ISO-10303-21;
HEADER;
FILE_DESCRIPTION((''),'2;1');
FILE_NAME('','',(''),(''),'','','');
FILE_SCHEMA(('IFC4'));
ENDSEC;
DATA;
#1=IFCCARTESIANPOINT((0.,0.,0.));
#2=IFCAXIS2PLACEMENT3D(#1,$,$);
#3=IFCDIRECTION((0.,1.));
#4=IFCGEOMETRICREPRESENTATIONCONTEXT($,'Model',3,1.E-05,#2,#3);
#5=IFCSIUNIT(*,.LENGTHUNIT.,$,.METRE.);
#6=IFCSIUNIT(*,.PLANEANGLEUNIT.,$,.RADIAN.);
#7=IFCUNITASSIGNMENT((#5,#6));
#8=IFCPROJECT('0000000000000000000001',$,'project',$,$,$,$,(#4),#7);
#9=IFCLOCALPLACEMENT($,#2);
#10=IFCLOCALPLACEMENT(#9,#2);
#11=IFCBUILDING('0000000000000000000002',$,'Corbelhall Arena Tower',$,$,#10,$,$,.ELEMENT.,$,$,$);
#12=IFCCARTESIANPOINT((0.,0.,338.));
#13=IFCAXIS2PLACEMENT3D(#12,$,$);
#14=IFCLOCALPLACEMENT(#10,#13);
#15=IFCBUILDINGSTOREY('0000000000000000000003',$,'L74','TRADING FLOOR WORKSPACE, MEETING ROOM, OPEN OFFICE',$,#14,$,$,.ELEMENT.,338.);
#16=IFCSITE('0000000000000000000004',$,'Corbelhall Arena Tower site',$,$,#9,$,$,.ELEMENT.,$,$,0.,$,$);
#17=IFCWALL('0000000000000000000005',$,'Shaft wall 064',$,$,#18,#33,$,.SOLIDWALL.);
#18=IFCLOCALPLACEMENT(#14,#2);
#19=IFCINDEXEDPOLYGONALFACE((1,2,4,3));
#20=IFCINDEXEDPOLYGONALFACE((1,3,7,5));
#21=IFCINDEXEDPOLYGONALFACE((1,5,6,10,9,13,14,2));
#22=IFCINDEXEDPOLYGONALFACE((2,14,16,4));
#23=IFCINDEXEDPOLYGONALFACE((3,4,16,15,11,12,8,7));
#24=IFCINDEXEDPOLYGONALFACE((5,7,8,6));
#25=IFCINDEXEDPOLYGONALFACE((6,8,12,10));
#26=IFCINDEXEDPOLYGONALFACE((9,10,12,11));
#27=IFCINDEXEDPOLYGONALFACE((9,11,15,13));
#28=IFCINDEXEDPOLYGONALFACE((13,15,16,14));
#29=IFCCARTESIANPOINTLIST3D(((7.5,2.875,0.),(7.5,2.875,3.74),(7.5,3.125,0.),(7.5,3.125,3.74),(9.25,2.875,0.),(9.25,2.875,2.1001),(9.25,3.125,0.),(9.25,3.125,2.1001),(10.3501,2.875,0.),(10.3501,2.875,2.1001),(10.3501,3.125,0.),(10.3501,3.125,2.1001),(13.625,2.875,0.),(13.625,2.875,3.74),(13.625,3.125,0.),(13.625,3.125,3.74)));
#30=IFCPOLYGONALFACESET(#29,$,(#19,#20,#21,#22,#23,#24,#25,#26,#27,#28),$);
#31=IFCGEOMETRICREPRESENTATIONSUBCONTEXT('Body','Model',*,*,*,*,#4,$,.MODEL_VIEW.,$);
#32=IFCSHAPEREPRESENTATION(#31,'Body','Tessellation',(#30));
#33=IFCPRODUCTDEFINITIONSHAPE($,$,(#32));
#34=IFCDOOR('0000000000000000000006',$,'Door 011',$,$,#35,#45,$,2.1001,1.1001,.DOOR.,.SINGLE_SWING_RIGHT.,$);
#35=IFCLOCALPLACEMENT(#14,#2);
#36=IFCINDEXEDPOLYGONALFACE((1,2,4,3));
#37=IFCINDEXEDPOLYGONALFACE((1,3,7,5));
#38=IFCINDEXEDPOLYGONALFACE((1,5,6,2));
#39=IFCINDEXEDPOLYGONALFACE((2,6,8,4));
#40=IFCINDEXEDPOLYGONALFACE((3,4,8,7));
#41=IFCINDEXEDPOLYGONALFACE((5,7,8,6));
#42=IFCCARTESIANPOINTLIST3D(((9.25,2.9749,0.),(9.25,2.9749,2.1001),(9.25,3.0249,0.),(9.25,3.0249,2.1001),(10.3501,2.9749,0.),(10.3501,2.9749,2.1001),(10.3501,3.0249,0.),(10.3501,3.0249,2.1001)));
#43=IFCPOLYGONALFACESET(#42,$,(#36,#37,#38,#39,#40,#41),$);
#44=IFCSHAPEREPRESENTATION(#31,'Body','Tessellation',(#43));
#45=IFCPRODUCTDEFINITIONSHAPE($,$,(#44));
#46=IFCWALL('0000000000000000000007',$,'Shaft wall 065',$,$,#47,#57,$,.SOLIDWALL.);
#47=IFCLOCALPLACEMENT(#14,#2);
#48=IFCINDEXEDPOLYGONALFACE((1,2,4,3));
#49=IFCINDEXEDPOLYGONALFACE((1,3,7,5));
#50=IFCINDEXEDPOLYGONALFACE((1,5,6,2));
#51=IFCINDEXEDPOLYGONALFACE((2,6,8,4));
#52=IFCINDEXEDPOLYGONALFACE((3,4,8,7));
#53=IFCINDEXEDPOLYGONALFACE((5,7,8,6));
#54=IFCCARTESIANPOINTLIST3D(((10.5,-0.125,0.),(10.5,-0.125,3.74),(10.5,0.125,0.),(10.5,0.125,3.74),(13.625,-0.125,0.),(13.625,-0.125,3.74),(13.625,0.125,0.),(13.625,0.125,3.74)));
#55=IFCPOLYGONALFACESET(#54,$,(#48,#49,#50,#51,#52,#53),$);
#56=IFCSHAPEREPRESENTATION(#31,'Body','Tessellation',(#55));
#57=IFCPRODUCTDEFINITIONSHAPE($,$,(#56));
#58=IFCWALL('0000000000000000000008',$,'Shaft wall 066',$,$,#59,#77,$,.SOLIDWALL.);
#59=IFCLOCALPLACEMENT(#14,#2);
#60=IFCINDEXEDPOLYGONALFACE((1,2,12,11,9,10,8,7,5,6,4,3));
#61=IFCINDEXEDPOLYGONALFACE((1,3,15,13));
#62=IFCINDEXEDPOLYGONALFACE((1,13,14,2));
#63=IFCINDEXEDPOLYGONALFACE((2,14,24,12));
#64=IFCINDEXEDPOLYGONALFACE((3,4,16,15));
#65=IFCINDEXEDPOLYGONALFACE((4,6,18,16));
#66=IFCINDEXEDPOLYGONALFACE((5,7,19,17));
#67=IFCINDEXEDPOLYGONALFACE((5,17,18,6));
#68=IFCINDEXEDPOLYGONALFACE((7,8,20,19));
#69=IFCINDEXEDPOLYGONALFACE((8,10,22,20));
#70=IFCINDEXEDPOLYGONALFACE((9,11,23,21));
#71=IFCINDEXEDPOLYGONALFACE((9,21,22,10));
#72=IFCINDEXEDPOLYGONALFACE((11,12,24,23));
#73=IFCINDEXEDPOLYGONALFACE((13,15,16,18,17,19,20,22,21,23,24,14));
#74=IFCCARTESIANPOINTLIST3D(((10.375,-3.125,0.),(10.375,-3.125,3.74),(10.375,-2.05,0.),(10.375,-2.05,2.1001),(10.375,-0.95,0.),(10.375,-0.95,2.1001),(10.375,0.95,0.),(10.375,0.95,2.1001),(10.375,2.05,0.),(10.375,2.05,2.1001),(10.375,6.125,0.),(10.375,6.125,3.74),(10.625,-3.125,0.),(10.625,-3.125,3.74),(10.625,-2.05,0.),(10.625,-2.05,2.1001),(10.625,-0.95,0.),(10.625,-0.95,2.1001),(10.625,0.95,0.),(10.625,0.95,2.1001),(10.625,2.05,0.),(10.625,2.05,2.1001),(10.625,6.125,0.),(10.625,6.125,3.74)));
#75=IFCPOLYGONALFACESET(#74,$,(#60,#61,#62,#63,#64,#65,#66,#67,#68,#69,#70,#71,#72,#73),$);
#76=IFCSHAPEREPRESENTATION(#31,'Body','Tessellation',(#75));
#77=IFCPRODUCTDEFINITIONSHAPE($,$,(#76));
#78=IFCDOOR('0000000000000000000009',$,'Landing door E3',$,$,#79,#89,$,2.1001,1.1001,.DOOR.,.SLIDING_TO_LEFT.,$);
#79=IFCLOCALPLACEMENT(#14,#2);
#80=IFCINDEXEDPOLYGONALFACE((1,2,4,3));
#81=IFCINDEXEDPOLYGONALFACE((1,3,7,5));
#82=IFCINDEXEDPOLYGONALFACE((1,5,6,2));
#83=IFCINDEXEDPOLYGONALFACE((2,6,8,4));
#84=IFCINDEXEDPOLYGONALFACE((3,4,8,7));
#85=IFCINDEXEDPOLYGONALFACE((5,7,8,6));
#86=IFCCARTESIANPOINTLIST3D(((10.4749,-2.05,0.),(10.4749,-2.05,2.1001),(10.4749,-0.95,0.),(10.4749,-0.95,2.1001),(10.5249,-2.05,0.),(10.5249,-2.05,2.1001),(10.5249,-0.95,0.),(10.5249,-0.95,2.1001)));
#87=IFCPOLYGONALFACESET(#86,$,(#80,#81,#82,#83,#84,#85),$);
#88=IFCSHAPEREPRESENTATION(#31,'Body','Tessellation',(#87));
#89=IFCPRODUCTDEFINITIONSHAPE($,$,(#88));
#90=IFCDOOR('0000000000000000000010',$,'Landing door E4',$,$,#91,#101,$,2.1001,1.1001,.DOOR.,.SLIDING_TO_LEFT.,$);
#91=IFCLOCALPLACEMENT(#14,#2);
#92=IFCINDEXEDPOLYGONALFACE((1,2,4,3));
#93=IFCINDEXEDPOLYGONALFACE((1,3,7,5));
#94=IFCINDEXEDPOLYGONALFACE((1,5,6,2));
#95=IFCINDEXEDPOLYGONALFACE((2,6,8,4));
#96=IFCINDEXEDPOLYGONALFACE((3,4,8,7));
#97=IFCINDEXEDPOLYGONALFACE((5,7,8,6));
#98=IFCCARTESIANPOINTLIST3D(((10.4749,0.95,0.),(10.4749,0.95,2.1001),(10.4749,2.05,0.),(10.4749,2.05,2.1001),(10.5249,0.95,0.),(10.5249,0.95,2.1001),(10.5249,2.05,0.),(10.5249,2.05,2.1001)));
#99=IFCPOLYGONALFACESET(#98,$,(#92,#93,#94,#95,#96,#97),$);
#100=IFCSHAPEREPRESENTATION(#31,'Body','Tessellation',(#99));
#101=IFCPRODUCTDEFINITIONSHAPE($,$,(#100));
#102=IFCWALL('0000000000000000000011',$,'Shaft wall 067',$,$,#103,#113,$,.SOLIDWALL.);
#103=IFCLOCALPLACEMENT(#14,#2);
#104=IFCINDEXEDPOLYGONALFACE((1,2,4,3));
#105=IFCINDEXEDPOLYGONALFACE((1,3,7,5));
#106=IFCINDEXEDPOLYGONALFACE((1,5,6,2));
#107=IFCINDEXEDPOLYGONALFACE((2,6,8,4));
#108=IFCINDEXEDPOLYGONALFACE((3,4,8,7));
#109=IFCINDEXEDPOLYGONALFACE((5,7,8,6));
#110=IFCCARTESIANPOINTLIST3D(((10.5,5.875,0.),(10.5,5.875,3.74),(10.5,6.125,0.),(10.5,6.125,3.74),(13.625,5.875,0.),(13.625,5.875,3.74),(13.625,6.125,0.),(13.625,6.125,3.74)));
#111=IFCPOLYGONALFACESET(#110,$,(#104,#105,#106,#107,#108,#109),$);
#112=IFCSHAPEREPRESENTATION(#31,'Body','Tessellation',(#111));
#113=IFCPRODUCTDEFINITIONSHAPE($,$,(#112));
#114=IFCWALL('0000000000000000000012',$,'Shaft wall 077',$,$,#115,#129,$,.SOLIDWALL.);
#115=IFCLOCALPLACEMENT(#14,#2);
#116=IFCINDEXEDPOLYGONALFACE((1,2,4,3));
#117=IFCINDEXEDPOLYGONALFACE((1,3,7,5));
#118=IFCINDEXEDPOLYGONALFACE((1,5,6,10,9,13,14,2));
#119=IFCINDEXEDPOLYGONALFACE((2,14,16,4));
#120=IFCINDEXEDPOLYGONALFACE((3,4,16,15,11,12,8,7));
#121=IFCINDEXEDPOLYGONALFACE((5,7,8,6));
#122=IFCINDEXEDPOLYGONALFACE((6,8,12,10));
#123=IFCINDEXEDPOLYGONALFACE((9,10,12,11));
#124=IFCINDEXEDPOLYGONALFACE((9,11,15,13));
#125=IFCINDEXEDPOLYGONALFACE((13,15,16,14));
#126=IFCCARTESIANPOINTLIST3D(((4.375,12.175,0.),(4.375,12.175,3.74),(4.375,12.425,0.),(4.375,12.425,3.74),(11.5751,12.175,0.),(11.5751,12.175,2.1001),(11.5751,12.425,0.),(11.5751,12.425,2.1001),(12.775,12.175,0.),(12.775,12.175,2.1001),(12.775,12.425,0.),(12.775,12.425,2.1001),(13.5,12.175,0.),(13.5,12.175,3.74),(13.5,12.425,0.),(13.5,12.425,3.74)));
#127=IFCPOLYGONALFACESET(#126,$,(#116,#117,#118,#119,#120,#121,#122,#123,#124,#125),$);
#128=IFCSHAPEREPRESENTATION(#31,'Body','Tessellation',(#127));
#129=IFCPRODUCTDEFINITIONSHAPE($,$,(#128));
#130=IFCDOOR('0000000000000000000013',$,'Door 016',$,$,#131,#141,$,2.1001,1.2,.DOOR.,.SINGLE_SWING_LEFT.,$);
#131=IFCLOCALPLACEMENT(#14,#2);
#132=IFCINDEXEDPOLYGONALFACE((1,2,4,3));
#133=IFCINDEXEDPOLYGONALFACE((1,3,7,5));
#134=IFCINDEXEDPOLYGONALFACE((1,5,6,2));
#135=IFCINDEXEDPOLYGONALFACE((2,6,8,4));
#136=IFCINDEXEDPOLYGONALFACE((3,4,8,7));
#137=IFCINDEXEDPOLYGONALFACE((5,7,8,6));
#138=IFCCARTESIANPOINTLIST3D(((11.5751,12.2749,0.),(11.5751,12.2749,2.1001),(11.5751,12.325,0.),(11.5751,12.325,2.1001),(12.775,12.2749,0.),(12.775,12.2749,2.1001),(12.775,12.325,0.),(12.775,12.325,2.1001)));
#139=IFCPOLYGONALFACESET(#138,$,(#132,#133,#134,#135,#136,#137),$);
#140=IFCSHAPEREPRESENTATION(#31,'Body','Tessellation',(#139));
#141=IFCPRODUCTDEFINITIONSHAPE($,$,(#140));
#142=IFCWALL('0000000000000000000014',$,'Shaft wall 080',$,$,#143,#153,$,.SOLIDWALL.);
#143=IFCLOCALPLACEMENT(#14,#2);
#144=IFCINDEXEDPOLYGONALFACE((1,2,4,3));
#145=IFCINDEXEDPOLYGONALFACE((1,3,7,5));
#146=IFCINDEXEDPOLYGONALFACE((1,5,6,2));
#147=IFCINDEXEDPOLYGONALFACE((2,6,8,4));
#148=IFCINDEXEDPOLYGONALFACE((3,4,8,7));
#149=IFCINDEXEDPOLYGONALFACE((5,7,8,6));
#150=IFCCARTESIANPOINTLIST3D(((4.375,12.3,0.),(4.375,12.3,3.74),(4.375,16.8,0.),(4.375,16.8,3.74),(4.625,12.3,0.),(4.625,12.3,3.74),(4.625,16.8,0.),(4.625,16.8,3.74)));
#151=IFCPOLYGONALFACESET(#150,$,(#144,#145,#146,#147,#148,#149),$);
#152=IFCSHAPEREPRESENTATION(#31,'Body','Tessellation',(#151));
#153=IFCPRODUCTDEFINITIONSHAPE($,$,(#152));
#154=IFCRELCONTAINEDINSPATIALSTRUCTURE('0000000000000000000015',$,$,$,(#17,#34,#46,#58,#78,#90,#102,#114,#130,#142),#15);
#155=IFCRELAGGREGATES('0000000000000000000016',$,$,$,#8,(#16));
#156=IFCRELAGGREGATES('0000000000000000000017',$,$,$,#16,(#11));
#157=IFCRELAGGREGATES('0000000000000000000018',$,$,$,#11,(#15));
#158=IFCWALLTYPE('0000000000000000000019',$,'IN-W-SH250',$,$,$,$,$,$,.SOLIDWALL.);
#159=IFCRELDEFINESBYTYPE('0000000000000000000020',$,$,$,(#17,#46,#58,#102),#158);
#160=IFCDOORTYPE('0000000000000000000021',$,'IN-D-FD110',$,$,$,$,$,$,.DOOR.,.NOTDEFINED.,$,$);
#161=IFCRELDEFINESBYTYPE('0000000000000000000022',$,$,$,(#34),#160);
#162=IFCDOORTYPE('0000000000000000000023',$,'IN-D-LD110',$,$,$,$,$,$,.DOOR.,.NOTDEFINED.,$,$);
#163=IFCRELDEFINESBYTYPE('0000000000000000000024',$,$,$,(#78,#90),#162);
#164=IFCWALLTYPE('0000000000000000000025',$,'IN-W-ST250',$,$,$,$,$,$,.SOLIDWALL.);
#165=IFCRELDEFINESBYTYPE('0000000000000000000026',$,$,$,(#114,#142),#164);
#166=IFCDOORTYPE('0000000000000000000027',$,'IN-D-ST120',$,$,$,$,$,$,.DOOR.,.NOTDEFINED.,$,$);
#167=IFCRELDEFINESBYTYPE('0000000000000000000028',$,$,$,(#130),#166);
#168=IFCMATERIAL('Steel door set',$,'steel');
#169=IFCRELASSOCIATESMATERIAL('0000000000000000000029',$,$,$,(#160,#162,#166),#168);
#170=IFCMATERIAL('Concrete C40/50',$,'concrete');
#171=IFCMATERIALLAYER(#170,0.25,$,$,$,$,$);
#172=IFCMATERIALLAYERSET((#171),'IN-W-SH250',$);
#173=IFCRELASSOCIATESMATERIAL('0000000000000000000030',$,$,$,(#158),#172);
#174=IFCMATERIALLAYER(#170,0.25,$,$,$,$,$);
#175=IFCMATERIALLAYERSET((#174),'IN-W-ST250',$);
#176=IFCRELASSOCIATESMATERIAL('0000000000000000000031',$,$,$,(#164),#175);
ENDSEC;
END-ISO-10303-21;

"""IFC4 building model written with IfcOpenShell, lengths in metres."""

from ifc_helpers import new_model, si_unit, direction, frame, frame_2d, origin, place, context, subcontext, project, spatial, rectangle, extrude, material, layer, layer_set, type_object, element, fill, save


model = new_model("IFC4")

# Units and contexts
model_context = context("Model", 3, precision=1e-05, world=origin(), true_north=direction((0.0, 1.0)))
body_context = subcontext(model_context, "Body", "Model", "MODEL_VIEW")
ifc_project = project(units=[si_unit("LENGTHUNIT", "METRE"), si_unit("PLANEANGLEUNIT", "RADIAN")], contexts=[model_context])

# Site, building, storey
site_placement = place(None, origin())
site = spatial("IfcSite", under=ifc_project, at=site_placement, Name="Corbelhall Arena Tower site", CompositionType="ELEMENT", RefElevation=0.0)
building_placement = place(site_placement, origin())
building = spatial("IfcBuilding", under=site, at=building_placement, Name="Corbelhall Arena Tower", CompositionType="ELEMENT")
storey_placement = place(building_placement, frame((0.0, 0.0, 338.0)))
storey = spatial("IfcBuildingStorey", under=building, at=storey_placement, Name="L74", Description="TRADING FLOOR WORKSPACE, MEETING ROOM, OPEN OFFICE", CompositionType="ELEMENT", Elevation=338.0)

# Shared definitions
ifc_material_1 = material(Name="Concrete C40/50", Category="concrete")

# Shared definitions
ifc_material_2 = material(Name="Steel door set", Category="steel")
door_type_1 = type_object("IfcDoorType", Name="IN-D-FD110", OperationType="NOTDEFINED", PredefinedType="DOOR", material=ifc_material_2)

# Shared definitions
ifc_layer_1 = layer(ifc_material_1, 0.25)
ifc_layer_set_1 = layer_set([ifc_layer_1], Name="IN-W-SH250")
wall_type_1 = type_object("IfcWallType", Name="IN-W-SH250", PredefinedType="SOLIDWALL", material=ifc_layer_set_1)

# Wall, opening, door
wall_1_placement = place(storey_placement, frame((7.5, 3.0, 0.0), z_axis=(0.0, 0.0, 1.0), x_axis=(1.0, 0.0, 0.0)))
wall_1 = element("IfcWall", 1, at=wall_1_placement, inside=storey, type_object=wall_type_1, Name="Shaft wall 064", PredefinedType="SOLIDWALL", context=body_context, shape_type="SweptSolid", body=[
    extrude(rectangle(XDim=6.125, YDim=0.25, at=frame_2d((3.0625, 0.0))), origin(), (0.0, 0.0, 1.0), 3.74),
])
opening_1_placement = place(wall_1_placement, frame((1.75, 0.0, 0.0)))
opening_1 = element("IfcOpeningElement", 2, at=opening_1_placement, cuts=wall_1, PredefinedType="OPENING", context=body_context, shape_type="SweptSolid", body=[
    extrude(rectangle(XDim=1.1001, YDim=2.1001, at=frame_2d((0.55, 1.05))), frame((0.0, 0.125, 0.0), z_axis=(0.0, -1.0, 0.0), x_axis=(1.0, 0.0, 0.0)), (0.0, 0.0, 1.0), 0.25),
])
door_1_placement = place(opening_1_placement, origin())
door_1 = element("IfcDoor", 3, at=door_1_placement, inside=storey, type_object=door_type_1, Name="Door 011", OperationType="SINGLE_SWING_RIGHT", OverallHeight=2.1001, OverallWidth=1.1001, PredefinedType="DOOR", context=body_context, shape_type="SweptSolid", body=[
    extrude(rectangle(XDim=1.1001, YDim=2.1001, at=frame_2d((0.55, 1.05))), frame((0.0, 0.0249, 0.0), z_axis=(0.0, -1.0, 0.0), x_axis=(1.0, 0.0, 0.0)), (0.0, 0.0, 1.0), 0.05),
])
fill(opening_1, door_1)

# Wall
wall_2_placement = place(storey_placement, frame((10.5, 0.0, 0.0), z_axis=(0.0, 0.0, 1.0), x_axis=(1.0, 0.0, 0.0)))
element("IfcWall", 4, at=wall_2_placement, inside=storey, type_object=wall_type_1, Name="Shaft wall 065", PredefinedType="SOLIDWALL", context=body_context, shape_type="SweptSolid", body=[
    extrude(rectangle(XDim=3.125, YDim=0.25, at=frame_2d((1.5625, 0.0))), origin(), (0.0, 0.0, 1.0), 3.74),
])

# Wall, openings, doors
wall_3_placement = place(storey_placement, frame((10.5, 6.125, 0.0), z_axis=(0.0, 0.0, 1.0), x_axis=(0.0, -1.0, 0.0)))
wall_3 = element("IfcWall", 5, at=wall_3_placement, inside=storey, type_object=wall_type_1, Name="Shaft wall 066", PredefinedType="SOLIDWALL", context=body_context, shape_type="SweptSolid", body=[
    extrude(rectangle(XDim=9.25, YDim=0.25, at=frame_2d((4.625, 0.0))), origin(), (0.0, 0.0, 1.0), 3.74),
])
opening_2_placement = place(wall_3_placement, frame((7.075, 0.0, 0.0)))
opening_2 = element("IfcOpeningElement", 6, at=opening_2_placement, cuts=wall_3, PredefinedType="OPENING", context=body_context, shape_type="SweptSolid", body=[
    extrude(rectangle(XDim=1.1001, YDim=2.1001, at=frame_2d((0.55, 1.05))), frame((0.0, 0.125, 0.0), z_axis=(0.0, -1.0, 0.0), x_axis=(1.0, 0.0, 0.0)), (0.0, 0.0, 1.0), 0.25),
])
opening_3_placement = place(wall_3_placement, frame((4.075, 0.0, 0.0)))
opening_3 = element("IfcOpeningElement", 7, at=opening_3_placement, cuts=wall_3, PredefinedType="OPENING", context=body_context, shape_type="SweptSolid", body=[
    extrude(rectangle(XDim=1.1001, YDim=2.1001, at=frame_2d((0.55, 1.05))), frame((0.0, 0.125, 0.0), z_axis=(0.0, -1.0, 0.0), x_axis=(1.0, 0.0, 0.0)), (0.0, 0.0, 1.0), 0.25),
])
door_type_2 = type_object("IfcDoorType", Name="IN-D-LD110", OperationType="NOTDEFINED", PredefinedType="DOOR", material=ifc_material_2)
door_2_placement = place(opening_2_placement, origin())
door_2 = element("IfcDoor", 8, at=door_2_placement, inside=storey, type_object=door_type_2, Name="Landing door E3", OperationType="SLIDING_TO_LEFT", OverallHeight=2.1001, OverallWidth=1.1001, PredefinedType="DOOR", context=body_context, shape_type="SweptSolid", body=[
    extrude(rectangle(XDim=1.1001, YDim=2.1001, at=frame_2d((0.55, 1.05))), frame((0.0, 0.0249, 0.0), z_axis=(0.0, -1.0, 0.0), x_axis=(1.0, 0.0, 0.0)), (0.0, 0.0, 1.0), 0.05),
])
fill(opening_2, door_2)
door_3_placement = place(opening_3_placement, origin())
door_3 = element("IfcDoor", 9, at=door_3_placement, inside=storey, type_object=door_type_2, Name="Landing door E4", OperationType="SLIDING_TO_LEFT", OverallHeight=2.1001, OverallWidth=1.1001, PredefinedType="DOOR", context=body_context, shape_type="SweptSolid", body=[
    extrude(rectangle(XDim=1.1001, YDim=2.1001, at=frame_2d((0.55, 1.05))), frame((0.0, 0.0249, 0.0), z_axis=(0.0, -1.0, 0.0), x_axis=(1.0, 0.0, 0.0)), (0.0, 0.0, 1.0), 0.05),
])
fill(opening_3, door_3)

# Wall
wall_4_placement = place(storey_placement, frame((10.5, 6.0, 0.0), z_axis=(0.0, 0.0, 1.0), x_axis=(1.0, 0.0, 0.0)))
element("IfcWall", 10, at=wall_4_placement, inside=storey, type_object=wall_type_1, Name="Shaft wall 067", PredefinedType="SOLIDWALL", context=body_context, shape_type="SweptSolid", body=[
    extrude(rectangle(XDim=3.125, YDim=0.25, at=frame_2d((1.5625, 0.0))), origin(), (0.0, 0.0, 1.0), 3.74),
])

# Wall, opening, door
ifc_layer_2 = layer(ifc_material_1, 0.25)
ifc_layer_set_2 = layer_set([ifc_layer_2], Name="IN-W-ST250")
wall_type_2 = type_object("IfcWallType", Name="IN-W-ST250", PredefinedType="SOLIDWALL", material=ifc_layer_set_2)
wall_5_placement = place(storey_placement, frame((4.375, 12.3, 0.0), z_axis=(0.0, 0.0, 1.0), x_axis=(1.0, 0.0, 0.0)))
wall_5 = element("IfcWall", 11, at=wall_5_placement, inside=storey, type_object=wall_type_2, Name="Shaft wall 077", PredefinedType="SOLIDWALL", context=body_context, shape_type="SweptSolid", body=[
    extrude(rectangle(XDim=9.125, YDim=0.25, at=frame_2d((4.5625, 0.0))), origin(), (0.0, 0.0, 1.0), 3.74),
])
opening_4_placement = place(wall_5_placement, frame((7.2, 0.0, 0.0)))
opening_4 = element("IfcOpeningElement", 12, at=opening_4_placement, cuts=wall_5, PredefinedType="OPENING", context=body_context, shape_type="SweptSolid", body=[
    extrude(rectangle(XDim=1.2, YDim=2.1001, at=frame_2d((0.6001, 1.05))), frame((0.0, 0.125, 0.0), z_axis=(0.0, -1.0, 0.0), x_axis=(1.0, 0.0, 0.0)), (0.0, 0.0, 1.0), 0.25),
])
door_type_3 = type_object("IfcDoorType", Name="IN-D-ST120", OperationType="NOTDEFINED", PredefinedType="DOOR", material=ifc_material_2)
door_4_placement = place(opening_4_placement, origin())
door_4 = element("IfcDoor", 13, at=door_4_placement, inside=storey, type_object=door_type_3, Name="Door 016", OperationType="SINGLE_SWING_LEFT", OverallHeight=2.1001, OverallWidth=1.2, PredefinedType="DOOR", context=body_context, shape_type="SweptSolid", body=[
    extrude(rectangle(XDim=1.2, YDim=2.1001, at=frame_2d((0.6001, 1.05))), frame((0.0, 0.0249, 0.0), z_axis=(0.0, -1.0, 0.0), x_axis=(1.0, 0.0, 0.0)), (0.0, 0.0, 1.0), 0.05),
])
fill(opening_4, door_4)

# Wall
wall_6_placement = place(storey_placement, frame((4.5, 12.3, 0.0), z_axis=(0.0, 0.0, 1.0), x_axis=(0.0, 1.0, 0.0)))
element("IfcWall", 14, at=wall_6_placement, inside=storey, type_object=wall_type_2, Name="Shaft wall 080", PredefinedType="SOLIDWALL", context=body_context, shape_type="SweptSolid", body=[
    extrude(rectangle(XDim=4.5, YDim=0.25, at=frame_2d((2.25, 0.0))), origin(), (0.0, 0.0, 1.0), 3.74),
])

save(model, "model.ifc")
